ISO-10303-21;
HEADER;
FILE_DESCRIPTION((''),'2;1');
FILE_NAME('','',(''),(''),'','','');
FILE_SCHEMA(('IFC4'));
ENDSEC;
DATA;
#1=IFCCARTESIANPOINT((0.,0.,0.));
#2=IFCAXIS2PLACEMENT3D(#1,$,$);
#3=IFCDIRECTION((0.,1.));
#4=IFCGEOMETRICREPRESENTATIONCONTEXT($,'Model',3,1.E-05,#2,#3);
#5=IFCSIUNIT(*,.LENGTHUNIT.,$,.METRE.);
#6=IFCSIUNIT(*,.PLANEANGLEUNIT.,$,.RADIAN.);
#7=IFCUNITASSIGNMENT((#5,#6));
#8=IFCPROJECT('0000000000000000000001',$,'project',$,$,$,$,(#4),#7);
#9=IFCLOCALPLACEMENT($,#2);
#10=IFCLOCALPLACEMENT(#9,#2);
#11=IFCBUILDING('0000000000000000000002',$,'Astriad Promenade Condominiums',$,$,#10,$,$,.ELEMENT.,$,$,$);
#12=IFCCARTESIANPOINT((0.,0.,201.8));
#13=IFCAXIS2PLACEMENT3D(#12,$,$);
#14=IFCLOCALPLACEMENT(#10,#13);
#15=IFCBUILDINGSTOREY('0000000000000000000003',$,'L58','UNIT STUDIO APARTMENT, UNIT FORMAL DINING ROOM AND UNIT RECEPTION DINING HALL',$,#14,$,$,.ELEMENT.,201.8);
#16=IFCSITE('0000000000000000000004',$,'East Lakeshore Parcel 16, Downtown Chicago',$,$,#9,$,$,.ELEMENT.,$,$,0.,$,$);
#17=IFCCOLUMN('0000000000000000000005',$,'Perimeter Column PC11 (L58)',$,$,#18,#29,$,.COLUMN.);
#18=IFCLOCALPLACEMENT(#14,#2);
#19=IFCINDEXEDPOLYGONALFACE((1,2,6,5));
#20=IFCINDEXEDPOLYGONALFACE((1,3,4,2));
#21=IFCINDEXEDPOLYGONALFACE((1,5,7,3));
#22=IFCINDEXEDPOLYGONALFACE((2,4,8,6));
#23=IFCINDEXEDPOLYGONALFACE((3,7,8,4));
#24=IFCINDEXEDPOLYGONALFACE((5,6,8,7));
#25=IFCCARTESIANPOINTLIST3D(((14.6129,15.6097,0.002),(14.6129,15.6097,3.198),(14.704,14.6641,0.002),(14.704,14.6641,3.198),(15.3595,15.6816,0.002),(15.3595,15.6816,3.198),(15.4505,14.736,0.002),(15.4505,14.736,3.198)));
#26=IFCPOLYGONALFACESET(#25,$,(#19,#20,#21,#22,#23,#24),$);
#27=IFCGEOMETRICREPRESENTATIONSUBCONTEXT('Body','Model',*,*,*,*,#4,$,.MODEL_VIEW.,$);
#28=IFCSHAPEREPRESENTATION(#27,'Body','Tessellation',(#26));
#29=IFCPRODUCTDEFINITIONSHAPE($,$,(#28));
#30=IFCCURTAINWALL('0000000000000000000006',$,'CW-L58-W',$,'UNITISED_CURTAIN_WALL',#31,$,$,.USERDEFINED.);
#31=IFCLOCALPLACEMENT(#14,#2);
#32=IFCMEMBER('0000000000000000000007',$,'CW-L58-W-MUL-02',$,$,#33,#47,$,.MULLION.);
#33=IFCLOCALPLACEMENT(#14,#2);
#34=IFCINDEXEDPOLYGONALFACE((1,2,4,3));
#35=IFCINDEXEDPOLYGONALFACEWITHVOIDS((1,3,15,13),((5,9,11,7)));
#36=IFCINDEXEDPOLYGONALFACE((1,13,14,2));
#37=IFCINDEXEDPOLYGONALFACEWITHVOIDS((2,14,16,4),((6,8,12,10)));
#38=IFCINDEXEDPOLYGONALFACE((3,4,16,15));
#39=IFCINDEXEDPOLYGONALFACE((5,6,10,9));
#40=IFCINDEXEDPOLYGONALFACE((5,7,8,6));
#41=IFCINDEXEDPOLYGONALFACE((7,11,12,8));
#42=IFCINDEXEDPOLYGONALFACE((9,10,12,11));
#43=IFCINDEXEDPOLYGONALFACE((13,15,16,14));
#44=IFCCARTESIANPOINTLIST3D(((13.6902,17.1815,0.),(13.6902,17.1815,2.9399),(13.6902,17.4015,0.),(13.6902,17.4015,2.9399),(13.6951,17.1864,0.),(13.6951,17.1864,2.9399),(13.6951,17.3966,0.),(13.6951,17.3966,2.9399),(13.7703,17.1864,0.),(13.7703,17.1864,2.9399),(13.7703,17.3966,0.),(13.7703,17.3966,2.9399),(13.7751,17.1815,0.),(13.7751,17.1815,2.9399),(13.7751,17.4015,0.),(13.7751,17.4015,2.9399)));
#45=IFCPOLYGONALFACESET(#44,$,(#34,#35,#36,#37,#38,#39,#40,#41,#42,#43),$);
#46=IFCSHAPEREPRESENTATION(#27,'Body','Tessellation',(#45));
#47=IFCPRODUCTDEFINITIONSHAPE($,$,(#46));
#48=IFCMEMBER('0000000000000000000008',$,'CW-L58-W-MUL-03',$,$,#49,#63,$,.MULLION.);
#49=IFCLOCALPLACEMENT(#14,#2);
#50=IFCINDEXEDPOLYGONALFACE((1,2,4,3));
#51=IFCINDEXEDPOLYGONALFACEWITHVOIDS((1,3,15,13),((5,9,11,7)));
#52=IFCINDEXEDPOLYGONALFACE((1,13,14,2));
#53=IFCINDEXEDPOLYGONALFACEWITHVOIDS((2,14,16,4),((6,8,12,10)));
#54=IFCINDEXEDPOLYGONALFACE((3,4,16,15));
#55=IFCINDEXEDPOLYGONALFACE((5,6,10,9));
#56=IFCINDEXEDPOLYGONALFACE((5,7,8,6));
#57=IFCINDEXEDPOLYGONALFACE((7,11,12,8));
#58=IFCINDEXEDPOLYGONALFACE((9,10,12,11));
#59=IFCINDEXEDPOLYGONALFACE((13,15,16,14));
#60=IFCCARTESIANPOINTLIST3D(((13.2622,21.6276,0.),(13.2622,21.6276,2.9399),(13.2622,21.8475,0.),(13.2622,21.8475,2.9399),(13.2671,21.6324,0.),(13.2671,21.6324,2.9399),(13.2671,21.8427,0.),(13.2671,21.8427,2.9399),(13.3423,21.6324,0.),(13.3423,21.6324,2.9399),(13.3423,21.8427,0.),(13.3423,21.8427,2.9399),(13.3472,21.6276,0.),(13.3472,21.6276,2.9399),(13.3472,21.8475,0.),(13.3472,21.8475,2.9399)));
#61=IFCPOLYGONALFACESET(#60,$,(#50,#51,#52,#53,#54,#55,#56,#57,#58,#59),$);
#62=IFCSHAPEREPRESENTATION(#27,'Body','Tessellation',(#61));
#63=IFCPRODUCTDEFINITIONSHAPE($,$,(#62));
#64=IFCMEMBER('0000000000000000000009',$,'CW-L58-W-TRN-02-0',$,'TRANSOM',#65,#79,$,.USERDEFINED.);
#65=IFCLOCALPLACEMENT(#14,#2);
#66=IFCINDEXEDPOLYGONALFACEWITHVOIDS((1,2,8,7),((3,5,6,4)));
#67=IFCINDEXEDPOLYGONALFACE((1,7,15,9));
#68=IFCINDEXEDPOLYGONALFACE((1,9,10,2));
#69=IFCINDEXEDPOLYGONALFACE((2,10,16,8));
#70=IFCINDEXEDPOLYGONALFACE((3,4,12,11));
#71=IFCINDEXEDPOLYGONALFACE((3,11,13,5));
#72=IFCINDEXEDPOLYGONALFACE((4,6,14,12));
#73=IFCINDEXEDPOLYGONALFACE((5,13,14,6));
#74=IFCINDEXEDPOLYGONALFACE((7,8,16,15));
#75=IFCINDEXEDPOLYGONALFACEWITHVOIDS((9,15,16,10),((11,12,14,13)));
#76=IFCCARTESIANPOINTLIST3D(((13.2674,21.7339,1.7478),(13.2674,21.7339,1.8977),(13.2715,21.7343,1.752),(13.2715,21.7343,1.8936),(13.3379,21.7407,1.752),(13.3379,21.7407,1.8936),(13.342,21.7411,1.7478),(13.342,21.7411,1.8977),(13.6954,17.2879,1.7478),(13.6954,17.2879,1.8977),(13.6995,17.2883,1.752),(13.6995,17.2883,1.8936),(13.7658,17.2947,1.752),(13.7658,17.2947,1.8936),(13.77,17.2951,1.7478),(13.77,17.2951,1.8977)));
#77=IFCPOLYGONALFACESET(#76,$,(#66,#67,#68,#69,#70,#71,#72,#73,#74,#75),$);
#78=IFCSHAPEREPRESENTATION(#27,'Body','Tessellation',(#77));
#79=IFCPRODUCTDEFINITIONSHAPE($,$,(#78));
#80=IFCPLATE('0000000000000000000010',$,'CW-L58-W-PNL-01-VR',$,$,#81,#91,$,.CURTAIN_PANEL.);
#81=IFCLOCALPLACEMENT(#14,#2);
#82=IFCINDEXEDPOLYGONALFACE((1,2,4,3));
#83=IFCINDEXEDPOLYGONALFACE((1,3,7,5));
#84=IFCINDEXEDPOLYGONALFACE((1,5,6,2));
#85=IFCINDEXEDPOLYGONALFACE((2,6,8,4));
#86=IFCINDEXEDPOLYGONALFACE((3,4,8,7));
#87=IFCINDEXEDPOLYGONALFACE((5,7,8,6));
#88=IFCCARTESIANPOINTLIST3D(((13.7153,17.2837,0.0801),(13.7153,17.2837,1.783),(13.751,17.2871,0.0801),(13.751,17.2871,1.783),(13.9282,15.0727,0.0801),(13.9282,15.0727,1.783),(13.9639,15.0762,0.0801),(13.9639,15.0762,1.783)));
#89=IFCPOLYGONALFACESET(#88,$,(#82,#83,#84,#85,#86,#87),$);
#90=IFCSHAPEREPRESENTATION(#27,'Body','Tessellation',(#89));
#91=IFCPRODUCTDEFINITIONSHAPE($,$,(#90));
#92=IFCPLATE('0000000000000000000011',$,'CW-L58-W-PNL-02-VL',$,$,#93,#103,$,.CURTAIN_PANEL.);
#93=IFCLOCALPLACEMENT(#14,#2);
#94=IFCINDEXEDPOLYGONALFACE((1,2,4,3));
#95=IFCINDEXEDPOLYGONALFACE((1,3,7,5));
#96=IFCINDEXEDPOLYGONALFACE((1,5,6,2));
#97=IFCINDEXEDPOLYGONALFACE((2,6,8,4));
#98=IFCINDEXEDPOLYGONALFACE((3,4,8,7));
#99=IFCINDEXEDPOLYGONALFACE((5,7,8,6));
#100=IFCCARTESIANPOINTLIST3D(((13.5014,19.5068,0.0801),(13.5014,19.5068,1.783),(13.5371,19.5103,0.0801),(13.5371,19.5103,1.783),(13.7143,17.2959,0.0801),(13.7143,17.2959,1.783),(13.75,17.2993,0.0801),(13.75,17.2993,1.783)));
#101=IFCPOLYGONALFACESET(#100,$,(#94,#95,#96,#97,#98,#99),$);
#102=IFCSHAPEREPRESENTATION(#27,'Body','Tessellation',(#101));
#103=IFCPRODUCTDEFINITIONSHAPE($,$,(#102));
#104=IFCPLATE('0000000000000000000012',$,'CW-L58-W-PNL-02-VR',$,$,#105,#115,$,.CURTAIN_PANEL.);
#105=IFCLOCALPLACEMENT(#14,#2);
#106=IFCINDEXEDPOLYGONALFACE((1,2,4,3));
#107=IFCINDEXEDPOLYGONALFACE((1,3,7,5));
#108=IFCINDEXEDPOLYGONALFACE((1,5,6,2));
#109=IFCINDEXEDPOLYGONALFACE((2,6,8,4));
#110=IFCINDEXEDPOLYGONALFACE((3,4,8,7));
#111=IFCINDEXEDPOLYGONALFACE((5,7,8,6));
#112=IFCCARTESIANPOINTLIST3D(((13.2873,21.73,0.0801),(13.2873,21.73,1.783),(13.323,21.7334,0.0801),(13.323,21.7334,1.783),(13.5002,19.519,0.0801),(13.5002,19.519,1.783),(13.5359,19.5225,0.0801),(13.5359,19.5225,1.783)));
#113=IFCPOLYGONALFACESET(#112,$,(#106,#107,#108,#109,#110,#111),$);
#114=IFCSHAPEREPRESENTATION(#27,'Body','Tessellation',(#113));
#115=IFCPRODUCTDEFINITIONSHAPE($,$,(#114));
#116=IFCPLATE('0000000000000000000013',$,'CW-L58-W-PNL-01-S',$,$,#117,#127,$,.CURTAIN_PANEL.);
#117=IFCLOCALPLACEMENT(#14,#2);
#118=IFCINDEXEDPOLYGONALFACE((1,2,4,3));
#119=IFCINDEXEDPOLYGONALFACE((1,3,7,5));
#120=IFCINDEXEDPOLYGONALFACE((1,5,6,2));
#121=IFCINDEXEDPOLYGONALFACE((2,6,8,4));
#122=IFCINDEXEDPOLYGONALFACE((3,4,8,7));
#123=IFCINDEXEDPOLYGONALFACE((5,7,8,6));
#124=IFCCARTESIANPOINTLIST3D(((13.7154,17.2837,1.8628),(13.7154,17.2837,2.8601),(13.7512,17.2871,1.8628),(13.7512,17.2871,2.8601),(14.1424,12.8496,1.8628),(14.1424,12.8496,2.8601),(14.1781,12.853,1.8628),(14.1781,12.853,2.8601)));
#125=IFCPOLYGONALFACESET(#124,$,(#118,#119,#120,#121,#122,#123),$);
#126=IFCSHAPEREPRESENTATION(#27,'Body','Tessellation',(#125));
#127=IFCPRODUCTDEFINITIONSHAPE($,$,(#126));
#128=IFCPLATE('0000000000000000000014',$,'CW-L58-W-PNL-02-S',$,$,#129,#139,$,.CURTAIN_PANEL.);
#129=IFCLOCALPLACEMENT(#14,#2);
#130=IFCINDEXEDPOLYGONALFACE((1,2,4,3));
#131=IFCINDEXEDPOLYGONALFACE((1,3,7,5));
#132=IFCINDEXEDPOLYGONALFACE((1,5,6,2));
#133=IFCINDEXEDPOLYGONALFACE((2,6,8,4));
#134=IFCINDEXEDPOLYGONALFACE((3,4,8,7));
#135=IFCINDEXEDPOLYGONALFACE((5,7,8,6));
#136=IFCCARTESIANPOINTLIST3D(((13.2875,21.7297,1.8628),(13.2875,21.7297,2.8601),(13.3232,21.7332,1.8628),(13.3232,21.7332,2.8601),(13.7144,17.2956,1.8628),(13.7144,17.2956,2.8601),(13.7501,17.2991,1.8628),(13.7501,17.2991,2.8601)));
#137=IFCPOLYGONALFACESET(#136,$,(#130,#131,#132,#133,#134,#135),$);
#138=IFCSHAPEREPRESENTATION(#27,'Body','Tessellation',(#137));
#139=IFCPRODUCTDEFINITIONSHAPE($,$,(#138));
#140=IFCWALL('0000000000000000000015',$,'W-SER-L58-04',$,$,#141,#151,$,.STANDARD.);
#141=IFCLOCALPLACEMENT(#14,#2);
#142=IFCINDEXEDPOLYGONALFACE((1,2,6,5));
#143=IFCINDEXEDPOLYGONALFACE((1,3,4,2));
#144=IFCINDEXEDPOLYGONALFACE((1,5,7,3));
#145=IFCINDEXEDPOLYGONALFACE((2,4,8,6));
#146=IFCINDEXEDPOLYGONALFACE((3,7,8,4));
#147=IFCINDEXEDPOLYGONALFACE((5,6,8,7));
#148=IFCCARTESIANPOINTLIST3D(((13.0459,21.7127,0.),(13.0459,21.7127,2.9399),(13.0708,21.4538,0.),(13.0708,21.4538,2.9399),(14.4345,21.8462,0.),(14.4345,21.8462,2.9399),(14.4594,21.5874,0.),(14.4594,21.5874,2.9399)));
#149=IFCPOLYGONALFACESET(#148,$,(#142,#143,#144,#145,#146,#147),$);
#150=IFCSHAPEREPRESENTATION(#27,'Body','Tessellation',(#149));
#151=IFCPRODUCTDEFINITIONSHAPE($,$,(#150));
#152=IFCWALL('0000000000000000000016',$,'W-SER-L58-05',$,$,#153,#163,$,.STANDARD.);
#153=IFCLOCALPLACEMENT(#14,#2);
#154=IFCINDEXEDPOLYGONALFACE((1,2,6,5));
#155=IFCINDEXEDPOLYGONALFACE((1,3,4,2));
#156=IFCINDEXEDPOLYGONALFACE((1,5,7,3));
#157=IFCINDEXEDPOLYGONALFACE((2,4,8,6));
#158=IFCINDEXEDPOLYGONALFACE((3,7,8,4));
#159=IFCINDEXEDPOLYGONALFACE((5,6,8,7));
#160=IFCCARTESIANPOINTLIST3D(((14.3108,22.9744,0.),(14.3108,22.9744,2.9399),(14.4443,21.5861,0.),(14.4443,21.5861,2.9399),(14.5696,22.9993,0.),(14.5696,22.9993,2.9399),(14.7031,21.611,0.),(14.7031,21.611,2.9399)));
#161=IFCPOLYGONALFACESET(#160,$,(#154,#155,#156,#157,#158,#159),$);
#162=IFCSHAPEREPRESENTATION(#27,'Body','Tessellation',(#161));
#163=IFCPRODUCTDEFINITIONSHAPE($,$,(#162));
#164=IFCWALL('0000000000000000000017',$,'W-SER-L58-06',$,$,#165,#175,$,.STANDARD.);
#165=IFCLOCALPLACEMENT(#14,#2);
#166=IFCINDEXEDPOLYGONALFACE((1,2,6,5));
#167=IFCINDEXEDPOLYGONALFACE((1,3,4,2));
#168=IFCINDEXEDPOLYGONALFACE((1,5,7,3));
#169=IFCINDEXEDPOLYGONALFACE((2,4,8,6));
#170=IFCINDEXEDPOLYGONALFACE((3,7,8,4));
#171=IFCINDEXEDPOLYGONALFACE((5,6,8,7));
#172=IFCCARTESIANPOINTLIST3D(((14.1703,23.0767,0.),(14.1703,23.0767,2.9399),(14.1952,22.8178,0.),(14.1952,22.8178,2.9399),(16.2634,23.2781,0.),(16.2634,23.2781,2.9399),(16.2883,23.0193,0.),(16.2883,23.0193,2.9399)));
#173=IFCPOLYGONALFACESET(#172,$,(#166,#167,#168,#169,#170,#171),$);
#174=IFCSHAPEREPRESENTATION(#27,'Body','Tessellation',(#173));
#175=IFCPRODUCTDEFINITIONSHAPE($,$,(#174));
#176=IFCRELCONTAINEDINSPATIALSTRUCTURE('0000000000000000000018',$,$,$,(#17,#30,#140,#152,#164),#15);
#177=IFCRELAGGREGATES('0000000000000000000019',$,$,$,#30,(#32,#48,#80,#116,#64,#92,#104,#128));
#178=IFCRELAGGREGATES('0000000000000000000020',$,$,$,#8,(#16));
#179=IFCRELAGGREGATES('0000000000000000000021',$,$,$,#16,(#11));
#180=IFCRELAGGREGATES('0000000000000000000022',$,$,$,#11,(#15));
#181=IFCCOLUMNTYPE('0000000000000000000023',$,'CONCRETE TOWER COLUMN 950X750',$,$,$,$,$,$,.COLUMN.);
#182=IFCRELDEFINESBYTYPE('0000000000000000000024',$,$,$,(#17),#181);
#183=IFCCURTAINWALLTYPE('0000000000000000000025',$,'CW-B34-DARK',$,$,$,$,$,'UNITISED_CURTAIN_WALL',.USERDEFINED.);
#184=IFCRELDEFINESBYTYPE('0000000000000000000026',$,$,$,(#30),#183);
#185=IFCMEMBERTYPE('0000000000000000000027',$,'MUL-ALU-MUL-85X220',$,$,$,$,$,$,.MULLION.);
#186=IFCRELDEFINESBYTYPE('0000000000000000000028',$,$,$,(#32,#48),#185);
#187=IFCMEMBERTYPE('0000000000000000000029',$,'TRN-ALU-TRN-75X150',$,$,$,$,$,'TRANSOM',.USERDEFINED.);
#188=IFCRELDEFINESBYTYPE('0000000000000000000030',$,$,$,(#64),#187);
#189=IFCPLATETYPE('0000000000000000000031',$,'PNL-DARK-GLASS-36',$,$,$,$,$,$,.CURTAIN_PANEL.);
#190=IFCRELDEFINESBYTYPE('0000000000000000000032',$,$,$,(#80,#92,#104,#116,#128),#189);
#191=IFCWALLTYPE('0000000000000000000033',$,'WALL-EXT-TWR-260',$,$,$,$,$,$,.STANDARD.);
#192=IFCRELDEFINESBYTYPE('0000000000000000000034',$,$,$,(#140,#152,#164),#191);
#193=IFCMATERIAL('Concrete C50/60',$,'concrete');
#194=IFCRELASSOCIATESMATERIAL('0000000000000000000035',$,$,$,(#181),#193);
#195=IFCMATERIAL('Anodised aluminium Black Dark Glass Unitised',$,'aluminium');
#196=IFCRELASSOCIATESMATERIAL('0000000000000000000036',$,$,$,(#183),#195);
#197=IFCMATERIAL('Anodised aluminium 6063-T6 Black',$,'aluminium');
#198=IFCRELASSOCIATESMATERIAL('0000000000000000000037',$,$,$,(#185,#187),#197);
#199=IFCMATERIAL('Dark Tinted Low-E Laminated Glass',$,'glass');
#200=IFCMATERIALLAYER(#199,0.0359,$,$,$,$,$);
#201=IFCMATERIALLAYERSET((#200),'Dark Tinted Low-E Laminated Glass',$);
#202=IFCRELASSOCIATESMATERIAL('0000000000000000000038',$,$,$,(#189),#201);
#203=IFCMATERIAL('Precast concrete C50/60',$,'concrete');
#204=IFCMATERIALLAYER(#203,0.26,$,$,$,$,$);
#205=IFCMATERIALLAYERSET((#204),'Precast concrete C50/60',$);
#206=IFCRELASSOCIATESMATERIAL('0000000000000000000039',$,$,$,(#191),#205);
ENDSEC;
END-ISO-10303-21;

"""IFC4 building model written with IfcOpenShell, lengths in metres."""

from ifc_helpers import new_model, si_unit, direction, frame, frame_2d, origin, origin_2d, place, context, subcontext, project, spatial, rectangle, hollow_rectangle, extrude, source, transform, mapped, material, layer, layer_set, material_profile, profile_set, type_object, type_shapes, element, aggregate, save


model = new_model("IFC4")

# Units and contexts
model_context = context("Model", 3, precision=1e-05, world=origin(), true_north=direction((0.0, 1.0)))
body_context = subcontext(model_context, "Body", "Model", "MODEL_VIEW")
ifc_project = project(units=[si_unit("LENGTHUNIT", "METRE"), si_unit("PLANEANGLEUNIT", "RADIAN")], contexts=[model_context])

# Site, building, storey
site_placement = place(None, origin())
site = spatial("IfcSite", under=ifc_project, at=site_placement, Name="East Lakeshore Parcel 16, Downtown Chicago", CompositionType="ELEMENT", RefElevation=0.0)
building_placement = place(site_placement, origin())
building = spatial("IfcBuilding", under=site, at=building_placement, Name="Astriad Promenade Condominiums", CompositionType="ELEMENT")
storey_placement = place(building_placement, frame((0.0, 0.0, 201.8)))
storey = spatial("IfcBuildingStorey", under=building, at=storey_placement, Name="L58", Description="UNIT STUDIO APARTMENT, UNIT FORMAL DINING ROOM AND UNIT RECEPTION DINING HALL", CompositionType="ELEMENT", Elevation=201.8)

# Column
ifc_material_1 = material(Name="Concrete C50/60", Category="concrete")
ifc_material_profile_1 = material_profile(ifc_material_1, rectangle(XDim=0.75, YDim=0.95, at=origin_2d()), Name="RC-COL-950X750")
ifc_profile_set_1 = profile_set([ifc_material_profile_1], Name="Concrete C50/60")
column_type = type_object("IfcColumnType", Name="CONCRETE TOWER COLUMN 950X750", PredefinedType="COLUMN", material=ifc_profile_set_1)
shared_shape_1 = source(origin(), body_context, "Body", "SweptSolid", [
    extrude(rectangle(XDim=0.75, YDim=0.95, at=origin_2d()), origin(), (0.0, 0.0, 1.0), 3.196),
])
type_shapes(column_type, [shared_shape_1])
column_placement = place(storey_placement, frame((15.0317, 15.1729, 0.002), z_axis=(0.0, 0.0, 1.0), x_axis=(0.995396, 0.095846, 0.0)))
element("IfcColumn", 1, at=column_placement, inside=storey, type_object=column_type, Name="Perimeter Column PC11 (L58)", PredefinedType="COLUMN", context=body_context, shape_type="MappedRepresentation", body=[
    mapped(shared_shape_1, transform((0.0, 0.0, 0.0), scale=1.0)),
])

# Curtain wall, members, plates
ifc_material_2 = material(Name="Anodised aluminium Black Dark Glass Unitised", Category="aluminium")
curtain_wall_type = type_object("IfcCurtainWallType", Name="CW-B34-DARK", ElementType="UNITISED_CURTAIN_WALL", PredefinedType="USERDEFINED", material=ifc_material_2)
curtain_wall_placement = place(storey_placement, origin())
curtain_wall = element("IfcCurtainWall", 2, at=curtain_wall_placement, inside=storey, type_object=curtain_wall_type, Name="CW-L58-W", ObjectType="UNITISED_CURTAIN_WALL", PredefinedType="USERDEFINED")
ifc_material_3 = material(Name="Anodised aluminium 6063-T6 Black", Category="aluminium")
ifc_material_profile_2 = material_profile(ifc_material_3, hollow_rectangle(XDim=0.085, YDim=0.22, WallThickness=0.0049, at=origin_2d()), Name="ALU-MUL-85X220")
ifc_profile_set_2 = profile_set([ifc_material_profile_2], Name="Anodised aluminium 6063-T6 Black")
member_type_1 = type_object("IfcMemberType", Name="MUL-ALU-MUL-85X220", PredefinedType="MULLION", material=ifc_profile_set_2)
shared_shape_2 = source(origin(), body_context, "Body", "SweptSolid", [
    extrude(hollow_rectangle(XDim=0.085, YDim=0.22, WallThickness=0.0049, at=origin_2d()), origin(), (0.0, 0.0, 1.0), 2.9399),
])
type_shapes(member_type_1, [shared_shape_2])
member_1_placement = place(storey_placement, frame((13.7327, 17.2915, 0.0), z_axis=(0.0, 0.0, 1.0), x_axis=(1.0, 0.0, 0.0)))
member_1 = element("IfcMember", 3, at=member_1_placement, type_object=member_type_1, Name="CW-L58-W-MUL-02", PredefinedType="MULLION", context=body_context, shape_type="MappedRepresentation", body=[
    mapped(shared_shape_2, transform((0.0, 0.0, 0.0), scale=1.0)),
])
member_2_placement = place(storey_placement, frame((13.3047, 21.7375, 0.0), z_axis=(0.0, 0.0, 1.0), x_axis=(1.0, 0.0, 0.0)))
member_2 = element("IfcMember", 4, at=member_2_placement, type_object=member_type_1, Name="CW-L58-W-MUL-03", PredefinedType="MULLION", context=body_context, shape_type="MappedRepresentation", body=[
    mapped(shared_shape_2, transform((0.0, 0.0, 0.0), scale=1.0)),
])
ifc_material_profile_3 = material_profile(ifc_material_3, hollow_rectangle(XDim=0.075, YDim=0.1499, WallThickness=0.0042, at=origin_2d()), Name="ALU-TRN-75X150")
ifc_profile_set_3 = profile_set([ifc_material_profile_3], Name="Anodised aluminium 6063-T6 Black")
member_type_2 = type_object("IfcMemberType", Name="TRN-ALU-TRN-75X150", ElementType="TRANSOM", PredefinedType="USERDEFINED", material=ifc_profile_set_3)
shared_shape_3 = source(origin(), body_context, "Body", "SweptSolid", [
    extrude(hollow_rectangle(XDim=0.075, YDim=0.1499, WallThickness=0.0042, at=origin_2d()), origin(), (0.0, 0.0, 1.0), 4.4666),
])
type_shapes(member_type_2, [shared_shape_3])
member_3_placement = place(storey_placement, frame((13.7327, 17.2915, 1.8228), z_axis=(-0.095818, 0.995399, 0.0), x_axis=(-0.995399, -0.095818, 0.0)))
member_3 = element("IfcMember", 5, at=member_3_placement, type_object=member_type_2, Name="CW-L58-W-TRN-02-0", ObjectType="TRANSOM", PredefinedType="USERDEFINED", context=body_context, shape_type="MappedRepresentation", body=[
    mapped(shared_shape_3, transform((0.0, 0.0, 0.0), scale=1.0)),
])
ifc_material_4 = material(Name="Dark Tinted Low-E Laminated Glass", Category="glass")
ifc_layer_1 = layer(ifc_material_4, 0.0359)
ifc_layer_set_1 = layer_set([ifc_layer_1], Name="Dark Tinted Low-E Laminated Glass")
plate_type = type_object("IfcPlateType", Name="PNL-DARK-GLASS-36", PredefinedType="CURTAIN_PANEL", material=ifc_layer_set_1)
shared_shape_4 = source(origin(), body_context, "Body", "SweptSolid", [
    extrude(rectangle(XDim=2.2212, YDim=0.0359, at=origin_2d()), origin(), (0.0, 0.0, 1.0), 1.7029),
])
plate_1_placement = place(storey_placement, frame((13.8396, 16.1799, 0.0801), z_axis=(0.0, 0.0, 1.0), x_axis=(-0.095846, 0.995396, 0.0)))
plate_1 = element("IfcPlate", 6, at=plate_1_placement, type_object=plate_type, Name="CW-L58-W-PNL-01-VR", PredefinedType="CURTAIN_PANEL", context=body_context, shape_type="MappedRepresentation", body=[
    mapped(shared_shape_4, transform((0.0, 0.0, 0.0), scale=1.0)),
])
plate_2_placement = place(storey_placement, frame((13.6257, 18.4031, 0.0801), z_axis=(0.0, 0.0, 1.0), x_axis=(-0.095846, 0.995396, 0.0)))
plate_2 = element("IfcPlate", 7, at=plate_2_placement, type_object=plate_type, Name="CW-L58-W-PNL-02-VL", PredefinedType="CURTAIN_PANEL", context=body_context, shape_type="MappedRepresentation", body=[
    mapped(shared_shape_4, transform((0.0, 0.0, 0.0), scale=1.0)),
])
plate_3_placement = place(storey_placement, frame((13.4116, 20.6262, 0.0801), z_axis=(0.0, 0.0, 1.0), x_axis=(-0.095846, 0.995396, 0.0)))
plate_3 = element("IfcPlate", 8, at=plate_3_placement, type_object=plate_type, Name="CW-L58-W-PNL-02-VR", PredefinedType="CURTAIN_PANEL", context=body_context, shape_type="MappedRepresentation", body=[
    mapped(shared_shape_4, transform((0.0, 0.0, 0.0), scale=1.0)),
])
shared_shape_5 = source(origin(), body_context, "Body", "SweptSolid", [
    extrude(rectangle(XDim=4.4546, YDim=0.0359, at=origin_2d()), origin(), (0.0, 0.0, 1.0), 0.9973),
])
type_shapes(plate_type, [shared_shape_4, shared_shape_5])
plate_4_placement = place(storey_placement, frame((13.9468, 15.0684, 1.8628), z_axis=(0.0, 0.0, 1.0), x_axis=(-0.095846, 0.995396, 0.0)))
plate_4 = element("IfcPlate", 9, at=plate_4_placement, type_object=plate_type, Name="CW-L58-W-PNL-01-S", PredefinedType="CURTAIN_PANEL", context=body_context, shape_type="MappedRepresentation", body=[
    mapped(shared_shape_5, transform((0.0, 0.0, 0.0), scale=1.0)),
])
plate_5_placement = place(storey_placement, frame((13.5188, 19.5144, 1.8628), z_axis=(0.0, 0.0, 1.0), x_axis=(-0.095846, 0.995396, 0.0)))
plate_5 = element("IfcPlate", 10, at=plate_5_placement, type_object=plate_type, Name="CW-L58-W-PNL-02-S", PredefinedType="CURTAIN_PANEL", context=body_context, shape_type="MappedRepresentation", body=[
    mapped(shared_shape_5, transform((0.0, 0.0, 0.0), scale=1.0)),
])
aggregate(curtain_wall, [member_1, member_2, plate_1, plate_4, member_3, plate_2, plate_3, plate_5])

# Walls
ifc_material_5 = material(Name="Precast concrete C50/60", Category="concrete")
ifc_layer_2 = layer(ifc_material_5, 0.26)
ifc_layer_set_2 = layer_set([ifc_layer_2], Name="Precast concrete C50/60")
wall_type_1 = type_object("IfcWallType", Name="WALL-EXT-TWR-260", PredefinedType="STANDARD", material=ifc_layer_set_2)
wall_1_placement = place(storey_placement, frame((13.0583, 21.5833, 0.0), z_axis=(0.0, 0.0, 1.0), x_axis=(0.995408, 0.095726, 0.0)))
element("IfcWall", 11, at=wall_1_placement, inside=storey, type_object=wall_type_1, Name="W-SER-L58-04", PredefinedType="STANDARD", context=body_context, shape_type="SweptSolid", body=[
    extrude(rectangle(XDim=1.395, YDim=0.26, at=frame_2d((0.6975, 0.0))), origin(), (0.0, 0.0, 1.0), 2.9399),
])
wall_2_placement = place(storey_placement, frame((14.5737, 21.5986, 0.0), z_axis=(0.0, 0.0, 1.0), x_axis=(-0.095742, 0.995406, 0.0)))
element("IfcWall", 12, at=wall_2_placement, inside=storey, type_object=wall_type_1, Name="W-SER-L58-05", PredefinedType="STANDARD", context=body_context, shape_type="SweptSolid", body=[
    extrude(rectangle(XDim=1.3948, YDim=0.26, at=frame_2d((0.6973, 0.0))), origin(), (0.0, 0.0, 1.0), 2.9399),
])
wall_3_placement = place(storey_placement, frame((14.1829, 22.9473, 0.0), z_axis=(0.0, 0.0, 1.0), x_axis=(0.995402, 0.09579, 0.0)))
element("IfcWall", 13, at=wall_3_placement, inside=storey, type_object=wall_type_1, Name="W-SER-L58-06", PredefinedType="STANDARD", context=body_context, shape_type="SweptSolid", body=[
    extrude(rectangle(XDim=2.1028, YDim=0.26, at=frame_2d((1.0513, 0.0))), origin(), (0.0, 0.0, 1.0), 2.9399),
])

save(model, "model.ifc")
